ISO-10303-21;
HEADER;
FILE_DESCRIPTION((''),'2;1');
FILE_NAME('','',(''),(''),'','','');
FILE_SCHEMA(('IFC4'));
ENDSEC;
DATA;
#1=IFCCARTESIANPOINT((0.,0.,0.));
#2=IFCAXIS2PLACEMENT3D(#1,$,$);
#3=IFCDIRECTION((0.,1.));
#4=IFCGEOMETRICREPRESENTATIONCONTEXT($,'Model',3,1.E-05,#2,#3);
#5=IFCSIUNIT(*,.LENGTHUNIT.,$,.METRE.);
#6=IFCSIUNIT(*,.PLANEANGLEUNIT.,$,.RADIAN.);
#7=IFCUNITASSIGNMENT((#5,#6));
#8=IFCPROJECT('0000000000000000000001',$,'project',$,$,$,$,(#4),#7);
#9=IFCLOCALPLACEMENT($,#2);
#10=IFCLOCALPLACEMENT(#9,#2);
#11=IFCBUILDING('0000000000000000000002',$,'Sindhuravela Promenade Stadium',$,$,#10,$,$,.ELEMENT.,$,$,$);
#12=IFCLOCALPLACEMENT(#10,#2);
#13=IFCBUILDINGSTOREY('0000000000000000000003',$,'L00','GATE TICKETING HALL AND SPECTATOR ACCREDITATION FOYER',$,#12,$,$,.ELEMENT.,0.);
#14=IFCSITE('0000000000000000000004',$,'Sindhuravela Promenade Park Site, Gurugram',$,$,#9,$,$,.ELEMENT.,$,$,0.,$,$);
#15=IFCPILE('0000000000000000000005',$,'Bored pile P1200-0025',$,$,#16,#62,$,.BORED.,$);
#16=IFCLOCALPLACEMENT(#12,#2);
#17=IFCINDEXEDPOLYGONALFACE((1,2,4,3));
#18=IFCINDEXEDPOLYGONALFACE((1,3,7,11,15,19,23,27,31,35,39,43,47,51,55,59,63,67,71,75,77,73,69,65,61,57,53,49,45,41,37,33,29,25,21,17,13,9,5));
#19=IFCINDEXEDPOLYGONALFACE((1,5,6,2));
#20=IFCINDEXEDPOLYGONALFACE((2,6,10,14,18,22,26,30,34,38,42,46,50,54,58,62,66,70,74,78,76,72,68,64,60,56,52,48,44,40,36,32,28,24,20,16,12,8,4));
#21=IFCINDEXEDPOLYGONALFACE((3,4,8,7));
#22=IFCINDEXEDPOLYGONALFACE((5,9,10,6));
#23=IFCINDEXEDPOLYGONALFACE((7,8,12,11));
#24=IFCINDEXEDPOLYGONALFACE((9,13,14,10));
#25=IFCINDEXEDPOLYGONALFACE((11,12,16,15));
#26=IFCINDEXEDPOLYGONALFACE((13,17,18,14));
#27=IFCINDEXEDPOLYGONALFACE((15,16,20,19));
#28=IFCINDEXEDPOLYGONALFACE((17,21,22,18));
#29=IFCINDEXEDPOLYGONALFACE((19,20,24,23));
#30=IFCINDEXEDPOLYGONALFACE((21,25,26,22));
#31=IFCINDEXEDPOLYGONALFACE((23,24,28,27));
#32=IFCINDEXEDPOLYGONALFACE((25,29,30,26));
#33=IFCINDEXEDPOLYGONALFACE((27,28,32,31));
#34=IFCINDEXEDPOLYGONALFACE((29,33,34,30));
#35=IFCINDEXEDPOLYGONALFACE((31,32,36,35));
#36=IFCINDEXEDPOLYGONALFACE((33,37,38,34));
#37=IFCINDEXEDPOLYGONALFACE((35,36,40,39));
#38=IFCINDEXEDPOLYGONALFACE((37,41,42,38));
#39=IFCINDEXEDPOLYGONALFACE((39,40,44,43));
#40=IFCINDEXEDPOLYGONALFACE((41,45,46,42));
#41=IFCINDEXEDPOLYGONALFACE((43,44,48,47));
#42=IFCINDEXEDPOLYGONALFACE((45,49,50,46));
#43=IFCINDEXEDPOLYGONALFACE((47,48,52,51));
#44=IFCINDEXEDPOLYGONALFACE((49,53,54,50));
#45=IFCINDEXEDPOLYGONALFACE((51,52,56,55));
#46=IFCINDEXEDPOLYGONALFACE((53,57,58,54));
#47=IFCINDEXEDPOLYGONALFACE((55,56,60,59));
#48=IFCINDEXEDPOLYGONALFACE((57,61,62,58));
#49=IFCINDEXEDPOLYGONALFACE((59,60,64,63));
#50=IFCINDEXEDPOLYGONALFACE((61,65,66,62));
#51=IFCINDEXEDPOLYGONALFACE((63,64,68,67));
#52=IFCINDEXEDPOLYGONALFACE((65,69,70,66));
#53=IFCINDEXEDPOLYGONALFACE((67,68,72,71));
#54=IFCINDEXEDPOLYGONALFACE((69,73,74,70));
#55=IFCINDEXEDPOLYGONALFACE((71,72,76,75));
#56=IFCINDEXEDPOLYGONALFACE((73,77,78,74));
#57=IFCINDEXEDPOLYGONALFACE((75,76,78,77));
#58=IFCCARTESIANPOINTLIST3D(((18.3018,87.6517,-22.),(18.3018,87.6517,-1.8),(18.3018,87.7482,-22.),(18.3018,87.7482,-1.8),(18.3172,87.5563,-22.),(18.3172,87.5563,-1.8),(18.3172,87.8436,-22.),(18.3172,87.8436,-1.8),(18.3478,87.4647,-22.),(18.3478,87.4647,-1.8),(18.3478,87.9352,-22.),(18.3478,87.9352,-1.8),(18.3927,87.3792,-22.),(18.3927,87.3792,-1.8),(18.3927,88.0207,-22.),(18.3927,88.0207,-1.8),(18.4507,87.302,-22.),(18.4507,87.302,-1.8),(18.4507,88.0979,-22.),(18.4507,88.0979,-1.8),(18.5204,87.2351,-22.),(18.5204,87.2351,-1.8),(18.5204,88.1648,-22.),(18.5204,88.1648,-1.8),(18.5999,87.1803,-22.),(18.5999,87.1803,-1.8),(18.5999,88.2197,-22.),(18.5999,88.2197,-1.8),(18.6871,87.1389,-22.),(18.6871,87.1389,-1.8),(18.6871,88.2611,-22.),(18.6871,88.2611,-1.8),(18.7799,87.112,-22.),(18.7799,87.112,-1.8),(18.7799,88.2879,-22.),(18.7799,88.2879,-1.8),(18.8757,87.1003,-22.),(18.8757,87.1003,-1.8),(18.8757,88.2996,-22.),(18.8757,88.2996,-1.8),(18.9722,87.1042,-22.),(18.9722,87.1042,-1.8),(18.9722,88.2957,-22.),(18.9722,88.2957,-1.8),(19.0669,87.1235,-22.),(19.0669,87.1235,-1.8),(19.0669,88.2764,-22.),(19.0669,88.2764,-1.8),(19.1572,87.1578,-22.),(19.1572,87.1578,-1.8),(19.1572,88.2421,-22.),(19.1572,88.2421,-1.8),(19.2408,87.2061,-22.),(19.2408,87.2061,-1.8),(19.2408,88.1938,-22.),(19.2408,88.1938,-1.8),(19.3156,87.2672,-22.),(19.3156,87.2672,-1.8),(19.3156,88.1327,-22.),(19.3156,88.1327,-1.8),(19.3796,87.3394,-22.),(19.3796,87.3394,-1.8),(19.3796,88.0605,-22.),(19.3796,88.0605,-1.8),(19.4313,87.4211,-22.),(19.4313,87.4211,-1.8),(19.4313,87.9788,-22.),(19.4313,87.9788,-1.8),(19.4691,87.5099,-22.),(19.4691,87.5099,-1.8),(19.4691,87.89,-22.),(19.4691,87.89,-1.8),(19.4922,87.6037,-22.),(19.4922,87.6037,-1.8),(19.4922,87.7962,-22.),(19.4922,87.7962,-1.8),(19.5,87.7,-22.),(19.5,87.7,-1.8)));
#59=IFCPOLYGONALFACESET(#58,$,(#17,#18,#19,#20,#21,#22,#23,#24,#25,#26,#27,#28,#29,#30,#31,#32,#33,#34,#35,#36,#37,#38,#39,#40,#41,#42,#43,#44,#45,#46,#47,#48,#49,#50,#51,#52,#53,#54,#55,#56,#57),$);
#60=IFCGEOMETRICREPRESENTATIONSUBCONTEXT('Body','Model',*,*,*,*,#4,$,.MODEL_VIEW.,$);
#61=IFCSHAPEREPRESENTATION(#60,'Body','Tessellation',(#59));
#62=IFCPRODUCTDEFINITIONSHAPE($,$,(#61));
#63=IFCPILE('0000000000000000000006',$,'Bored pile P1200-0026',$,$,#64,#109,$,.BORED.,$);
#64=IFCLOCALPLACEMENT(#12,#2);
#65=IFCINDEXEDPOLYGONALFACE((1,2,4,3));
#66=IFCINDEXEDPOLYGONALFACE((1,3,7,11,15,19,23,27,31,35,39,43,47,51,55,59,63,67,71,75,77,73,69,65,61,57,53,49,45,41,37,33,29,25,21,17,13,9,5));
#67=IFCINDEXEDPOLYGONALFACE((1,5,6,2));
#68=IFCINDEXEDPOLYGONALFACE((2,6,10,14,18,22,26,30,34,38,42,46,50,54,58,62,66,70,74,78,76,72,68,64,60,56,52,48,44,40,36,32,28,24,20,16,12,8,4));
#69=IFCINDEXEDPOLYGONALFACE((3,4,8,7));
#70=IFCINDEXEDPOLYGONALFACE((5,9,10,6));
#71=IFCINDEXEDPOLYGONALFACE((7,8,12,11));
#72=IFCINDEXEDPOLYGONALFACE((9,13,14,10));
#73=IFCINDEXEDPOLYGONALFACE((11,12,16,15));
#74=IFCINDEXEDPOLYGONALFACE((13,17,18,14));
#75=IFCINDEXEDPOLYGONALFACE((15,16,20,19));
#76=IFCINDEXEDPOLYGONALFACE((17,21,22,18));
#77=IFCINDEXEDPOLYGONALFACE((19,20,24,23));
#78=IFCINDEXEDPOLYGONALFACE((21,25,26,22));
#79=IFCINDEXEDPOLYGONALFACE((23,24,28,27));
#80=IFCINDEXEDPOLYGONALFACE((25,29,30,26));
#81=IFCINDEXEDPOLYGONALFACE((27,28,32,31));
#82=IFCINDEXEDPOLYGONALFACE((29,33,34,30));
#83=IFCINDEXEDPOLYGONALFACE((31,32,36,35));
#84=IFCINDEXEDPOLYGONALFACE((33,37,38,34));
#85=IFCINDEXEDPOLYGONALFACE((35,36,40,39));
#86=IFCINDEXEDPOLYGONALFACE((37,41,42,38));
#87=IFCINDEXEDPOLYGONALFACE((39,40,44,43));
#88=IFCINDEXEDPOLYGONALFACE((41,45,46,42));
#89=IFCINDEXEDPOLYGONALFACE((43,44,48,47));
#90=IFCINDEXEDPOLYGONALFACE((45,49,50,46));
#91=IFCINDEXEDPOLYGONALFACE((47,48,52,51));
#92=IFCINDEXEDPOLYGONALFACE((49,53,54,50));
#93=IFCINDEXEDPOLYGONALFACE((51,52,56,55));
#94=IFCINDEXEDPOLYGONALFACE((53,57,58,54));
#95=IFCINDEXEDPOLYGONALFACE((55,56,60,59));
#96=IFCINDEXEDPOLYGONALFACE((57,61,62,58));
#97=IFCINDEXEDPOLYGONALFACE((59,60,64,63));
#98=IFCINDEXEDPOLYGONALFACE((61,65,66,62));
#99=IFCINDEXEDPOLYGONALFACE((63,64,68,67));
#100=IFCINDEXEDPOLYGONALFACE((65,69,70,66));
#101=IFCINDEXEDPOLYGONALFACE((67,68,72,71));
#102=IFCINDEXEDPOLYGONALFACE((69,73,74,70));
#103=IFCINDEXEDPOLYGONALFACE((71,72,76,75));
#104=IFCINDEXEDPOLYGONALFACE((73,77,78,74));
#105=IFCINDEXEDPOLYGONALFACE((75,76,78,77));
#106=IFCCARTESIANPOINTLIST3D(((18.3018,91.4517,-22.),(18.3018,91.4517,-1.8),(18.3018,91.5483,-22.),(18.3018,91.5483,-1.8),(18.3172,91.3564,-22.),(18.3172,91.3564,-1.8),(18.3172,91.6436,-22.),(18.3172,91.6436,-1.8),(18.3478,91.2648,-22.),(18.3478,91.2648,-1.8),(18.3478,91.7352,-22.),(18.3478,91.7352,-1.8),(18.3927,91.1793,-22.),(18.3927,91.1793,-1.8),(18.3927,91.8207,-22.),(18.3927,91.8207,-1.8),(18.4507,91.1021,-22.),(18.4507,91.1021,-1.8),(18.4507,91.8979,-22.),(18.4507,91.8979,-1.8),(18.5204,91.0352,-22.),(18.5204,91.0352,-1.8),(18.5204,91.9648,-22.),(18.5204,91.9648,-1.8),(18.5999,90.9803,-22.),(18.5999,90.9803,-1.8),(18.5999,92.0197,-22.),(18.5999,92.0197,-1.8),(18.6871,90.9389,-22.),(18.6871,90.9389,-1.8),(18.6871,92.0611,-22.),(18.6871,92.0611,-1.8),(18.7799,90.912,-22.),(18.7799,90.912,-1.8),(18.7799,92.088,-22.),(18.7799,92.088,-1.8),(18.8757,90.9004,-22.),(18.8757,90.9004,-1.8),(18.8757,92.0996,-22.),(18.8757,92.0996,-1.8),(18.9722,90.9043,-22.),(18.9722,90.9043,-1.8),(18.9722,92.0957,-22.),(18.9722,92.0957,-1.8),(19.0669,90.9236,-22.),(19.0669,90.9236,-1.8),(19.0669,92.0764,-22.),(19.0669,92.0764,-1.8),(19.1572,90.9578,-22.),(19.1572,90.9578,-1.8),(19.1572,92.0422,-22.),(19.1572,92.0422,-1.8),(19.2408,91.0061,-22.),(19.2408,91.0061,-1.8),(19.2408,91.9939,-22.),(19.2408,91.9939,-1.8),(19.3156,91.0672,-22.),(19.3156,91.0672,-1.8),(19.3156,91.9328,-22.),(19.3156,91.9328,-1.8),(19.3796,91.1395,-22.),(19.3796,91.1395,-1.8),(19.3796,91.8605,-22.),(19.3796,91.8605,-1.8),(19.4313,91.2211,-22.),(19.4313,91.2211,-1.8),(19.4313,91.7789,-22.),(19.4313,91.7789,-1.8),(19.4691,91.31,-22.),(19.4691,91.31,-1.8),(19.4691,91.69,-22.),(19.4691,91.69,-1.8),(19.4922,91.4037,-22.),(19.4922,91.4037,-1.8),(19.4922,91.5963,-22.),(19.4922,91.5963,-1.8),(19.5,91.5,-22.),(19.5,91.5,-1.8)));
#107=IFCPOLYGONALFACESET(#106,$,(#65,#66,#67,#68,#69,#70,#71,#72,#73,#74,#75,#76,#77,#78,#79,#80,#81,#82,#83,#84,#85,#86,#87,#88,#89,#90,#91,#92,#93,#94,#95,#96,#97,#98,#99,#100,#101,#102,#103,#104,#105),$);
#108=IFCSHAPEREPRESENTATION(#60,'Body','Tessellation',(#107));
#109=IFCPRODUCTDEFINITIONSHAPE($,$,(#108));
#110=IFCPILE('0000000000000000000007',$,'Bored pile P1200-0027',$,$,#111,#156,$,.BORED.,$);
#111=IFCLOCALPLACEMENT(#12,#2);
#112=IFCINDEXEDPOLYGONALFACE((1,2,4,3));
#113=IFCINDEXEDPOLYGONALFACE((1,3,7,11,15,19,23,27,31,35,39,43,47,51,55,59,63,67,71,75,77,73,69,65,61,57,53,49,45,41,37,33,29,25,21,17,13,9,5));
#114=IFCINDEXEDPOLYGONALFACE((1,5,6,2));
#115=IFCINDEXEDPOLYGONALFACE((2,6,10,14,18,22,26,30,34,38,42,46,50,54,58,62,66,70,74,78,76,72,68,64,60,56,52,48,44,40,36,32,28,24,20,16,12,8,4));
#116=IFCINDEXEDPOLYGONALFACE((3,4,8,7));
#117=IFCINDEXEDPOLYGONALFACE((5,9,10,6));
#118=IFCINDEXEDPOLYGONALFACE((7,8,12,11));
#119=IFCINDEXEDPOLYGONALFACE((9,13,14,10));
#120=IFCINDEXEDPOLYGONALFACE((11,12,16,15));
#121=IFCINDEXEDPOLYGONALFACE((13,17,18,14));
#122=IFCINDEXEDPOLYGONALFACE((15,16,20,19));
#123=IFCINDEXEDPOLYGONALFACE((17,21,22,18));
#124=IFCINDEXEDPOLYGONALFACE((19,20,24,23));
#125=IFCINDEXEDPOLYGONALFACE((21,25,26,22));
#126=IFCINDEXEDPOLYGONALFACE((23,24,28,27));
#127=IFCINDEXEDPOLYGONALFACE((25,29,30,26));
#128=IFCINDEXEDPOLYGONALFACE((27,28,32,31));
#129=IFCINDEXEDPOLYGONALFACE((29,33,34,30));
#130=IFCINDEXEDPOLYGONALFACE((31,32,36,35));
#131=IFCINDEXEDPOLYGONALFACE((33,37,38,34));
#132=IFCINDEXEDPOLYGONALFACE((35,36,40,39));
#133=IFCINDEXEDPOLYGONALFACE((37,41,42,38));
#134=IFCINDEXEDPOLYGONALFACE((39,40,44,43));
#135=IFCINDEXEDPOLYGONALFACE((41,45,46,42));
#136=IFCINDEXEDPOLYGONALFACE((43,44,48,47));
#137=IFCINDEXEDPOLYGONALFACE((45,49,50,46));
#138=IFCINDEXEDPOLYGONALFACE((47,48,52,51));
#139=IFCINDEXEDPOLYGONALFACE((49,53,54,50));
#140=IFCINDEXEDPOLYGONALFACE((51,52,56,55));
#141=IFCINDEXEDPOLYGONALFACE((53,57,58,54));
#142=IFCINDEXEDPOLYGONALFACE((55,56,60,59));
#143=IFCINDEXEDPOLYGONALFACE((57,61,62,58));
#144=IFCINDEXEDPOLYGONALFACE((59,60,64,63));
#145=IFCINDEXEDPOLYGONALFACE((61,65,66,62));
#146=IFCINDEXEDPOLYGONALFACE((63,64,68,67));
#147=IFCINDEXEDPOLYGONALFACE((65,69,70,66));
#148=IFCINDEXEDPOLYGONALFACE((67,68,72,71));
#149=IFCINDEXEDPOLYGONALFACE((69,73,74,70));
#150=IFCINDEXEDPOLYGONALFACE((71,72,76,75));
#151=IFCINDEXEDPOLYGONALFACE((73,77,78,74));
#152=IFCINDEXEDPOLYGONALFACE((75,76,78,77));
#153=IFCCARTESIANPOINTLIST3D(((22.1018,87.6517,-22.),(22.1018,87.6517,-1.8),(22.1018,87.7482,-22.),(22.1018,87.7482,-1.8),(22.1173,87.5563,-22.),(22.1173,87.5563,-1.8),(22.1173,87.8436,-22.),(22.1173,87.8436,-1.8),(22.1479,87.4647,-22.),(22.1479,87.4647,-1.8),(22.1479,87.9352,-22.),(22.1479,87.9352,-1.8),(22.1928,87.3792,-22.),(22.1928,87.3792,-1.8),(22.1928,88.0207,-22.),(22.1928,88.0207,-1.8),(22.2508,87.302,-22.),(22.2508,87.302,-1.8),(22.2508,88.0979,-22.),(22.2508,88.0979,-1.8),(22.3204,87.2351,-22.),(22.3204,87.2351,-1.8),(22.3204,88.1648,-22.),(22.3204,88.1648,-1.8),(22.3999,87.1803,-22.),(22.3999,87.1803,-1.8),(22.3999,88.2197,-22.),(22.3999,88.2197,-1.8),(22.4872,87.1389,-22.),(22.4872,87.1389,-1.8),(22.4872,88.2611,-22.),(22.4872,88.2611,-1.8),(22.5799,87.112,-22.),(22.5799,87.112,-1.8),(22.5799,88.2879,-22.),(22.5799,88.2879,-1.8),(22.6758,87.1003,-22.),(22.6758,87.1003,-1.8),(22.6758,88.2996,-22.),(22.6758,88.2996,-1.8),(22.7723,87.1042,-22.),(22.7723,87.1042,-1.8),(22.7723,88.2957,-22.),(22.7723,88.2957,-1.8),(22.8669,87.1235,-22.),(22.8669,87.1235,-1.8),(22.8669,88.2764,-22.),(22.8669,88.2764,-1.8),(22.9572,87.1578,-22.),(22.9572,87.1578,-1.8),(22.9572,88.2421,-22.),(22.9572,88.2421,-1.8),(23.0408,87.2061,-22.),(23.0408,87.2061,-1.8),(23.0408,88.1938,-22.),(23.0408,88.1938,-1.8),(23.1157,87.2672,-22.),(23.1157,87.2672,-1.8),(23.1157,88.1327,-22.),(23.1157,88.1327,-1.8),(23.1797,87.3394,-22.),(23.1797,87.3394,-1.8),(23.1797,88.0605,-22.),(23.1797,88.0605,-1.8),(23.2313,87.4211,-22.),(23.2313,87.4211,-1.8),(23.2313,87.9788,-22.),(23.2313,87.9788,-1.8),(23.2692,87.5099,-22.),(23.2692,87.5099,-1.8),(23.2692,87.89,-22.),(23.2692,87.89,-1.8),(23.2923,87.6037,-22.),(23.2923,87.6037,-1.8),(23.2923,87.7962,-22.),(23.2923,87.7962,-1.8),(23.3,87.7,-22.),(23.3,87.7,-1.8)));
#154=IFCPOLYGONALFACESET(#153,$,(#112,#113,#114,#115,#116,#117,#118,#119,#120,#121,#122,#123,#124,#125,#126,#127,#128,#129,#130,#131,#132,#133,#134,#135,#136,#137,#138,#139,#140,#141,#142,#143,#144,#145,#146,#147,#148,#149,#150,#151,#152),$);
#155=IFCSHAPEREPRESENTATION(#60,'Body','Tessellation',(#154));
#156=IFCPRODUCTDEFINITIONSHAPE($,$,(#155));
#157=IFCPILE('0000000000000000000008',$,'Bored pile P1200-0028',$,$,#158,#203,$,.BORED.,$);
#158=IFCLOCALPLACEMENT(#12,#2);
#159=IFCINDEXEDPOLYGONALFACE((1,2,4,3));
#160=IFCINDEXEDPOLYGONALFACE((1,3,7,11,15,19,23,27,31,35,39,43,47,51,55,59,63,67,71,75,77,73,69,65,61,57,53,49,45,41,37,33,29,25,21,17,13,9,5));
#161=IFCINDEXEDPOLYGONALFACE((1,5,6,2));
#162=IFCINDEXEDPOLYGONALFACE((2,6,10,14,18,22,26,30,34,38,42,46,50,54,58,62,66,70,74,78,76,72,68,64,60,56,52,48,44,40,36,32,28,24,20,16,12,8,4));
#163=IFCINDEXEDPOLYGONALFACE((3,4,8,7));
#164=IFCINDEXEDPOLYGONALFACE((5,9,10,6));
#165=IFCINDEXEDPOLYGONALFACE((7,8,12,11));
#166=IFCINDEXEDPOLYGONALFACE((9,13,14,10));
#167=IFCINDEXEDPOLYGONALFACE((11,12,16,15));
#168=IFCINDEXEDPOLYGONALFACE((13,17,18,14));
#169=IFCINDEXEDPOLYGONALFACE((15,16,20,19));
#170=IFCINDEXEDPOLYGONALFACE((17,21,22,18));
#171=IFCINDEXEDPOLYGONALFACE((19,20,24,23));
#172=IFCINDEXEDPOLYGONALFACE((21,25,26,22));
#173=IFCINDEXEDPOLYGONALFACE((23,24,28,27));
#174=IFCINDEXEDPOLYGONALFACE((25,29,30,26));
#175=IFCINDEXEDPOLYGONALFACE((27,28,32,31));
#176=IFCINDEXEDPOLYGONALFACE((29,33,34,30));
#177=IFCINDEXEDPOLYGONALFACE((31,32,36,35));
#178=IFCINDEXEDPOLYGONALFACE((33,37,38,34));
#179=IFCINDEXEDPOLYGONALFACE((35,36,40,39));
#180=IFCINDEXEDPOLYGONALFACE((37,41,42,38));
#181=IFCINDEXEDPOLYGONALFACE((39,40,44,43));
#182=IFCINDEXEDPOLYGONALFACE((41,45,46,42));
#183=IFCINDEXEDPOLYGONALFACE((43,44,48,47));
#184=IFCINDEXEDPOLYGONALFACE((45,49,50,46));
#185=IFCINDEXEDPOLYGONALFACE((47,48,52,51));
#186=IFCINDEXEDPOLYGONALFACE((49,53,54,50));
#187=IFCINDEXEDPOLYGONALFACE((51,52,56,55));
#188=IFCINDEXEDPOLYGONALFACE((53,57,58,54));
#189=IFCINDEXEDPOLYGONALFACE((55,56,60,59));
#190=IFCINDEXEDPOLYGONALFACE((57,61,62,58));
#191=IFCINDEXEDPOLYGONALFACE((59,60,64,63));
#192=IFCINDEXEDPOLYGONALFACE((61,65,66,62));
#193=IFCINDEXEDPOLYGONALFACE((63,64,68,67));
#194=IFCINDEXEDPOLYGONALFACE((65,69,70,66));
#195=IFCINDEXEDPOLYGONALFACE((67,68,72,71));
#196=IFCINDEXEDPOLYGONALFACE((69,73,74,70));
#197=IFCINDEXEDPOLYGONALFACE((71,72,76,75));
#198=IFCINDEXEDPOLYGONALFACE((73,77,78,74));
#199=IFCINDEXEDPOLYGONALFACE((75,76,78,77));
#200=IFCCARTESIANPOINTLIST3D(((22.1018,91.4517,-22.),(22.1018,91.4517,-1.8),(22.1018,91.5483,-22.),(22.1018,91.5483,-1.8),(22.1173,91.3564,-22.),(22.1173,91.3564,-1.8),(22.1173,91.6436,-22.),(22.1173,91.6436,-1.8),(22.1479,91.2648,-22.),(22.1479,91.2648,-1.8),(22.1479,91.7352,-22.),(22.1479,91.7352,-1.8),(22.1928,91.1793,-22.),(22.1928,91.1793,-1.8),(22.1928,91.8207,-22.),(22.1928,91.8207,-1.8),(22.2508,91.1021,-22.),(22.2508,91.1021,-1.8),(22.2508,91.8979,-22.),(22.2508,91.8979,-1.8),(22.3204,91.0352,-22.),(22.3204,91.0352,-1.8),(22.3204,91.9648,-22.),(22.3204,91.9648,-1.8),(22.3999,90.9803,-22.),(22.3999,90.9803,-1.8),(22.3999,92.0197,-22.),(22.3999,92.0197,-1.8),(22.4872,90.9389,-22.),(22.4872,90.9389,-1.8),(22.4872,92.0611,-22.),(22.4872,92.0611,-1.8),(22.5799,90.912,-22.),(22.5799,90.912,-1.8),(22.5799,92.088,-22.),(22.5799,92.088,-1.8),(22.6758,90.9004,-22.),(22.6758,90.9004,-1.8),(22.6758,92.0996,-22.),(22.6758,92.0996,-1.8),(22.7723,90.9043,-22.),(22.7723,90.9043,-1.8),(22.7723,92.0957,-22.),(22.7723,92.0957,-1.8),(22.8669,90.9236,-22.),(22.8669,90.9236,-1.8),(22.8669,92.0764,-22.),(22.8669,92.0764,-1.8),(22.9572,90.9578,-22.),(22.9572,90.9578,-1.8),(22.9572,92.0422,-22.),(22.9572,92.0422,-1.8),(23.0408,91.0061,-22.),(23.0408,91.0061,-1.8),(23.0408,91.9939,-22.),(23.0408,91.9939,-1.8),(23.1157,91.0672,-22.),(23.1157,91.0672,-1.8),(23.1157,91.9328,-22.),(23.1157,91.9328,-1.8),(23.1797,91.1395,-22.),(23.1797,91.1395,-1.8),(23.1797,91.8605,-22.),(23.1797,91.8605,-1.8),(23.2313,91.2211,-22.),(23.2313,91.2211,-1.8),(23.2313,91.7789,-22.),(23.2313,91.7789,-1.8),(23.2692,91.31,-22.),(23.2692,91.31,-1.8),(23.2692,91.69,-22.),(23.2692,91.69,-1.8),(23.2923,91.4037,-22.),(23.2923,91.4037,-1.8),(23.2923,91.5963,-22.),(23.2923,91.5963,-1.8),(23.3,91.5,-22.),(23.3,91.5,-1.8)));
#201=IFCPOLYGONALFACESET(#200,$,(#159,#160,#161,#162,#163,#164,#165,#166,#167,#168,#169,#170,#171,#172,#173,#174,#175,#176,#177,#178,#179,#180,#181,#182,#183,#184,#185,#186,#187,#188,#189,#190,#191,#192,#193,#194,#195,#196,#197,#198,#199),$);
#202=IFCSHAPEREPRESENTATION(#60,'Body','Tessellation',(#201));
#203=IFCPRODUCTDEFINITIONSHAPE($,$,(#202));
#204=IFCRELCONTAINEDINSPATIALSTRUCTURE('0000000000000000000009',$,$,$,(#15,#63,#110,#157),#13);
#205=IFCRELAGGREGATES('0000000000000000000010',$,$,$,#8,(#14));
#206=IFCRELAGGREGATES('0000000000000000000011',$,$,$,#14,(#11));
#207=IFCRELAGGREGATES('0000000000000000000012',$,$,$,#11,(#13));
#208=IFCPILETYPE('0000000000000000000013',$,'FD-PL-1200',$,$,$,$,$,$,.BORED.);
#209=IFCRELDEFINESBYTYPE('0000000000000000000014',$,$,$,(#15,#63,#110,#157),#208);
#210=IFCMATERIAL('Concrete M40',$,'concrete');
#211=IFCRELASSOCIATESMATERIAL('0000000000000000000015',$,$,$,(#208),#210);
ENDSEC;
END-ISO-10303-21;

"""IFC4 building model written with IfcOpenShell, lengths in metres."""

from ifc_helpers import new_model, si_unit, direction, frame, origin, origin_2d, place, context, subcontext, project, spatial, circle, extrude, material, material_profile, profile_set, type_object, element, save


model = new_model("IFC4")

# Units and contexts
model_context = context("Model", 3, precision=1e-05, world=origin(), true_north=direction((0.0, 1.0)))
body_context = subcontext(model_context, "Body", "Model", "MODEL_VIEW")
ifc_project = project(units=[si_unit("LENGTHUNIT", "METRE"), si_unit("PLANEANGLEUNIT", "RADIAN")], contexts=[model_context])

# Site, building, storey
site_placement = place(None, origin())
site = spatial("IfcSite", under=ifc_project, at=site_placement, Name="Sindhuravela Promenade Park Site, Gurugram", CompositionType="ELEMENT", RefElevation=0.0)
building_placement = place(site_placement, origin())
building = spatial("IfcBuilding", under=site, at=building_placement, Name="Sindhuravela Promenade Stadium", CompositionType="ELEMENT")
storey_placement = place(building_placement, origin())
storey = spatial("IfcBuildingStorey", under=building, at=storey_placement, Name="L00", Description="GATE TICKETING HALL AND SPECTATOR ACCREDITATION FOYER", CompositionType="ELEMENT", Elevation=0.0)

# Piles
ifc_material_1 = material(Name="Concrete M40", Category="concrete")
ifc_material_profile_1 = material_profile(ifc_material_1, circle(Radius=0.6001, at=origin_2d()), Name="BORED PILE D1200")
ifc_profile_set_1 = profile_set([ifc_material_profile_1], Name="Concrete M40")
pile_type = type_object("IfcPileType", Name="FD-PL-1200", PredefinedType="BORED", material=ifc_profile_set_1)
for number, where, z_axis, x_axis, name in (
    (1, (18.8999, 87.7, -1.8), (0.0, 0.0, -1.0), (1.0, 0.0, 0.0), "Bored pile P1200-0025"),
    (2, (18.8999, 91.5, -1.8), (0.0, 0.0, -1.0), (1.0, 0.0, 0.0), "Bored pile P1200-0026"),
    (3, (22.7, 87.7, -1.8), (0.0, 0.0, -1.0), (1.0, 0.0, 0.0), "Bored pile P1200-0027"),
    (4, (22.7, 91.5, -1.8), (0.0, 0.0, -1.0), (1.0, 0.0, 0.0), "Bored pile P1200-0028"),
):
    element("IfcPile", number, at=place(storey_placement, frame(where, z_axis=z_axis, x_axis=x_axis)), inside=storey, type_object=pile_type, Name=name, PredefinedType="BORED", context=body_context, shape_type="SweptSolid", body=[
        extrude(circle(Radius=0.6001, at=origin_2d()), origin(), (0.0, 0.0, 1.0), 20.2),
    ])

save(model, "model.ifc")
